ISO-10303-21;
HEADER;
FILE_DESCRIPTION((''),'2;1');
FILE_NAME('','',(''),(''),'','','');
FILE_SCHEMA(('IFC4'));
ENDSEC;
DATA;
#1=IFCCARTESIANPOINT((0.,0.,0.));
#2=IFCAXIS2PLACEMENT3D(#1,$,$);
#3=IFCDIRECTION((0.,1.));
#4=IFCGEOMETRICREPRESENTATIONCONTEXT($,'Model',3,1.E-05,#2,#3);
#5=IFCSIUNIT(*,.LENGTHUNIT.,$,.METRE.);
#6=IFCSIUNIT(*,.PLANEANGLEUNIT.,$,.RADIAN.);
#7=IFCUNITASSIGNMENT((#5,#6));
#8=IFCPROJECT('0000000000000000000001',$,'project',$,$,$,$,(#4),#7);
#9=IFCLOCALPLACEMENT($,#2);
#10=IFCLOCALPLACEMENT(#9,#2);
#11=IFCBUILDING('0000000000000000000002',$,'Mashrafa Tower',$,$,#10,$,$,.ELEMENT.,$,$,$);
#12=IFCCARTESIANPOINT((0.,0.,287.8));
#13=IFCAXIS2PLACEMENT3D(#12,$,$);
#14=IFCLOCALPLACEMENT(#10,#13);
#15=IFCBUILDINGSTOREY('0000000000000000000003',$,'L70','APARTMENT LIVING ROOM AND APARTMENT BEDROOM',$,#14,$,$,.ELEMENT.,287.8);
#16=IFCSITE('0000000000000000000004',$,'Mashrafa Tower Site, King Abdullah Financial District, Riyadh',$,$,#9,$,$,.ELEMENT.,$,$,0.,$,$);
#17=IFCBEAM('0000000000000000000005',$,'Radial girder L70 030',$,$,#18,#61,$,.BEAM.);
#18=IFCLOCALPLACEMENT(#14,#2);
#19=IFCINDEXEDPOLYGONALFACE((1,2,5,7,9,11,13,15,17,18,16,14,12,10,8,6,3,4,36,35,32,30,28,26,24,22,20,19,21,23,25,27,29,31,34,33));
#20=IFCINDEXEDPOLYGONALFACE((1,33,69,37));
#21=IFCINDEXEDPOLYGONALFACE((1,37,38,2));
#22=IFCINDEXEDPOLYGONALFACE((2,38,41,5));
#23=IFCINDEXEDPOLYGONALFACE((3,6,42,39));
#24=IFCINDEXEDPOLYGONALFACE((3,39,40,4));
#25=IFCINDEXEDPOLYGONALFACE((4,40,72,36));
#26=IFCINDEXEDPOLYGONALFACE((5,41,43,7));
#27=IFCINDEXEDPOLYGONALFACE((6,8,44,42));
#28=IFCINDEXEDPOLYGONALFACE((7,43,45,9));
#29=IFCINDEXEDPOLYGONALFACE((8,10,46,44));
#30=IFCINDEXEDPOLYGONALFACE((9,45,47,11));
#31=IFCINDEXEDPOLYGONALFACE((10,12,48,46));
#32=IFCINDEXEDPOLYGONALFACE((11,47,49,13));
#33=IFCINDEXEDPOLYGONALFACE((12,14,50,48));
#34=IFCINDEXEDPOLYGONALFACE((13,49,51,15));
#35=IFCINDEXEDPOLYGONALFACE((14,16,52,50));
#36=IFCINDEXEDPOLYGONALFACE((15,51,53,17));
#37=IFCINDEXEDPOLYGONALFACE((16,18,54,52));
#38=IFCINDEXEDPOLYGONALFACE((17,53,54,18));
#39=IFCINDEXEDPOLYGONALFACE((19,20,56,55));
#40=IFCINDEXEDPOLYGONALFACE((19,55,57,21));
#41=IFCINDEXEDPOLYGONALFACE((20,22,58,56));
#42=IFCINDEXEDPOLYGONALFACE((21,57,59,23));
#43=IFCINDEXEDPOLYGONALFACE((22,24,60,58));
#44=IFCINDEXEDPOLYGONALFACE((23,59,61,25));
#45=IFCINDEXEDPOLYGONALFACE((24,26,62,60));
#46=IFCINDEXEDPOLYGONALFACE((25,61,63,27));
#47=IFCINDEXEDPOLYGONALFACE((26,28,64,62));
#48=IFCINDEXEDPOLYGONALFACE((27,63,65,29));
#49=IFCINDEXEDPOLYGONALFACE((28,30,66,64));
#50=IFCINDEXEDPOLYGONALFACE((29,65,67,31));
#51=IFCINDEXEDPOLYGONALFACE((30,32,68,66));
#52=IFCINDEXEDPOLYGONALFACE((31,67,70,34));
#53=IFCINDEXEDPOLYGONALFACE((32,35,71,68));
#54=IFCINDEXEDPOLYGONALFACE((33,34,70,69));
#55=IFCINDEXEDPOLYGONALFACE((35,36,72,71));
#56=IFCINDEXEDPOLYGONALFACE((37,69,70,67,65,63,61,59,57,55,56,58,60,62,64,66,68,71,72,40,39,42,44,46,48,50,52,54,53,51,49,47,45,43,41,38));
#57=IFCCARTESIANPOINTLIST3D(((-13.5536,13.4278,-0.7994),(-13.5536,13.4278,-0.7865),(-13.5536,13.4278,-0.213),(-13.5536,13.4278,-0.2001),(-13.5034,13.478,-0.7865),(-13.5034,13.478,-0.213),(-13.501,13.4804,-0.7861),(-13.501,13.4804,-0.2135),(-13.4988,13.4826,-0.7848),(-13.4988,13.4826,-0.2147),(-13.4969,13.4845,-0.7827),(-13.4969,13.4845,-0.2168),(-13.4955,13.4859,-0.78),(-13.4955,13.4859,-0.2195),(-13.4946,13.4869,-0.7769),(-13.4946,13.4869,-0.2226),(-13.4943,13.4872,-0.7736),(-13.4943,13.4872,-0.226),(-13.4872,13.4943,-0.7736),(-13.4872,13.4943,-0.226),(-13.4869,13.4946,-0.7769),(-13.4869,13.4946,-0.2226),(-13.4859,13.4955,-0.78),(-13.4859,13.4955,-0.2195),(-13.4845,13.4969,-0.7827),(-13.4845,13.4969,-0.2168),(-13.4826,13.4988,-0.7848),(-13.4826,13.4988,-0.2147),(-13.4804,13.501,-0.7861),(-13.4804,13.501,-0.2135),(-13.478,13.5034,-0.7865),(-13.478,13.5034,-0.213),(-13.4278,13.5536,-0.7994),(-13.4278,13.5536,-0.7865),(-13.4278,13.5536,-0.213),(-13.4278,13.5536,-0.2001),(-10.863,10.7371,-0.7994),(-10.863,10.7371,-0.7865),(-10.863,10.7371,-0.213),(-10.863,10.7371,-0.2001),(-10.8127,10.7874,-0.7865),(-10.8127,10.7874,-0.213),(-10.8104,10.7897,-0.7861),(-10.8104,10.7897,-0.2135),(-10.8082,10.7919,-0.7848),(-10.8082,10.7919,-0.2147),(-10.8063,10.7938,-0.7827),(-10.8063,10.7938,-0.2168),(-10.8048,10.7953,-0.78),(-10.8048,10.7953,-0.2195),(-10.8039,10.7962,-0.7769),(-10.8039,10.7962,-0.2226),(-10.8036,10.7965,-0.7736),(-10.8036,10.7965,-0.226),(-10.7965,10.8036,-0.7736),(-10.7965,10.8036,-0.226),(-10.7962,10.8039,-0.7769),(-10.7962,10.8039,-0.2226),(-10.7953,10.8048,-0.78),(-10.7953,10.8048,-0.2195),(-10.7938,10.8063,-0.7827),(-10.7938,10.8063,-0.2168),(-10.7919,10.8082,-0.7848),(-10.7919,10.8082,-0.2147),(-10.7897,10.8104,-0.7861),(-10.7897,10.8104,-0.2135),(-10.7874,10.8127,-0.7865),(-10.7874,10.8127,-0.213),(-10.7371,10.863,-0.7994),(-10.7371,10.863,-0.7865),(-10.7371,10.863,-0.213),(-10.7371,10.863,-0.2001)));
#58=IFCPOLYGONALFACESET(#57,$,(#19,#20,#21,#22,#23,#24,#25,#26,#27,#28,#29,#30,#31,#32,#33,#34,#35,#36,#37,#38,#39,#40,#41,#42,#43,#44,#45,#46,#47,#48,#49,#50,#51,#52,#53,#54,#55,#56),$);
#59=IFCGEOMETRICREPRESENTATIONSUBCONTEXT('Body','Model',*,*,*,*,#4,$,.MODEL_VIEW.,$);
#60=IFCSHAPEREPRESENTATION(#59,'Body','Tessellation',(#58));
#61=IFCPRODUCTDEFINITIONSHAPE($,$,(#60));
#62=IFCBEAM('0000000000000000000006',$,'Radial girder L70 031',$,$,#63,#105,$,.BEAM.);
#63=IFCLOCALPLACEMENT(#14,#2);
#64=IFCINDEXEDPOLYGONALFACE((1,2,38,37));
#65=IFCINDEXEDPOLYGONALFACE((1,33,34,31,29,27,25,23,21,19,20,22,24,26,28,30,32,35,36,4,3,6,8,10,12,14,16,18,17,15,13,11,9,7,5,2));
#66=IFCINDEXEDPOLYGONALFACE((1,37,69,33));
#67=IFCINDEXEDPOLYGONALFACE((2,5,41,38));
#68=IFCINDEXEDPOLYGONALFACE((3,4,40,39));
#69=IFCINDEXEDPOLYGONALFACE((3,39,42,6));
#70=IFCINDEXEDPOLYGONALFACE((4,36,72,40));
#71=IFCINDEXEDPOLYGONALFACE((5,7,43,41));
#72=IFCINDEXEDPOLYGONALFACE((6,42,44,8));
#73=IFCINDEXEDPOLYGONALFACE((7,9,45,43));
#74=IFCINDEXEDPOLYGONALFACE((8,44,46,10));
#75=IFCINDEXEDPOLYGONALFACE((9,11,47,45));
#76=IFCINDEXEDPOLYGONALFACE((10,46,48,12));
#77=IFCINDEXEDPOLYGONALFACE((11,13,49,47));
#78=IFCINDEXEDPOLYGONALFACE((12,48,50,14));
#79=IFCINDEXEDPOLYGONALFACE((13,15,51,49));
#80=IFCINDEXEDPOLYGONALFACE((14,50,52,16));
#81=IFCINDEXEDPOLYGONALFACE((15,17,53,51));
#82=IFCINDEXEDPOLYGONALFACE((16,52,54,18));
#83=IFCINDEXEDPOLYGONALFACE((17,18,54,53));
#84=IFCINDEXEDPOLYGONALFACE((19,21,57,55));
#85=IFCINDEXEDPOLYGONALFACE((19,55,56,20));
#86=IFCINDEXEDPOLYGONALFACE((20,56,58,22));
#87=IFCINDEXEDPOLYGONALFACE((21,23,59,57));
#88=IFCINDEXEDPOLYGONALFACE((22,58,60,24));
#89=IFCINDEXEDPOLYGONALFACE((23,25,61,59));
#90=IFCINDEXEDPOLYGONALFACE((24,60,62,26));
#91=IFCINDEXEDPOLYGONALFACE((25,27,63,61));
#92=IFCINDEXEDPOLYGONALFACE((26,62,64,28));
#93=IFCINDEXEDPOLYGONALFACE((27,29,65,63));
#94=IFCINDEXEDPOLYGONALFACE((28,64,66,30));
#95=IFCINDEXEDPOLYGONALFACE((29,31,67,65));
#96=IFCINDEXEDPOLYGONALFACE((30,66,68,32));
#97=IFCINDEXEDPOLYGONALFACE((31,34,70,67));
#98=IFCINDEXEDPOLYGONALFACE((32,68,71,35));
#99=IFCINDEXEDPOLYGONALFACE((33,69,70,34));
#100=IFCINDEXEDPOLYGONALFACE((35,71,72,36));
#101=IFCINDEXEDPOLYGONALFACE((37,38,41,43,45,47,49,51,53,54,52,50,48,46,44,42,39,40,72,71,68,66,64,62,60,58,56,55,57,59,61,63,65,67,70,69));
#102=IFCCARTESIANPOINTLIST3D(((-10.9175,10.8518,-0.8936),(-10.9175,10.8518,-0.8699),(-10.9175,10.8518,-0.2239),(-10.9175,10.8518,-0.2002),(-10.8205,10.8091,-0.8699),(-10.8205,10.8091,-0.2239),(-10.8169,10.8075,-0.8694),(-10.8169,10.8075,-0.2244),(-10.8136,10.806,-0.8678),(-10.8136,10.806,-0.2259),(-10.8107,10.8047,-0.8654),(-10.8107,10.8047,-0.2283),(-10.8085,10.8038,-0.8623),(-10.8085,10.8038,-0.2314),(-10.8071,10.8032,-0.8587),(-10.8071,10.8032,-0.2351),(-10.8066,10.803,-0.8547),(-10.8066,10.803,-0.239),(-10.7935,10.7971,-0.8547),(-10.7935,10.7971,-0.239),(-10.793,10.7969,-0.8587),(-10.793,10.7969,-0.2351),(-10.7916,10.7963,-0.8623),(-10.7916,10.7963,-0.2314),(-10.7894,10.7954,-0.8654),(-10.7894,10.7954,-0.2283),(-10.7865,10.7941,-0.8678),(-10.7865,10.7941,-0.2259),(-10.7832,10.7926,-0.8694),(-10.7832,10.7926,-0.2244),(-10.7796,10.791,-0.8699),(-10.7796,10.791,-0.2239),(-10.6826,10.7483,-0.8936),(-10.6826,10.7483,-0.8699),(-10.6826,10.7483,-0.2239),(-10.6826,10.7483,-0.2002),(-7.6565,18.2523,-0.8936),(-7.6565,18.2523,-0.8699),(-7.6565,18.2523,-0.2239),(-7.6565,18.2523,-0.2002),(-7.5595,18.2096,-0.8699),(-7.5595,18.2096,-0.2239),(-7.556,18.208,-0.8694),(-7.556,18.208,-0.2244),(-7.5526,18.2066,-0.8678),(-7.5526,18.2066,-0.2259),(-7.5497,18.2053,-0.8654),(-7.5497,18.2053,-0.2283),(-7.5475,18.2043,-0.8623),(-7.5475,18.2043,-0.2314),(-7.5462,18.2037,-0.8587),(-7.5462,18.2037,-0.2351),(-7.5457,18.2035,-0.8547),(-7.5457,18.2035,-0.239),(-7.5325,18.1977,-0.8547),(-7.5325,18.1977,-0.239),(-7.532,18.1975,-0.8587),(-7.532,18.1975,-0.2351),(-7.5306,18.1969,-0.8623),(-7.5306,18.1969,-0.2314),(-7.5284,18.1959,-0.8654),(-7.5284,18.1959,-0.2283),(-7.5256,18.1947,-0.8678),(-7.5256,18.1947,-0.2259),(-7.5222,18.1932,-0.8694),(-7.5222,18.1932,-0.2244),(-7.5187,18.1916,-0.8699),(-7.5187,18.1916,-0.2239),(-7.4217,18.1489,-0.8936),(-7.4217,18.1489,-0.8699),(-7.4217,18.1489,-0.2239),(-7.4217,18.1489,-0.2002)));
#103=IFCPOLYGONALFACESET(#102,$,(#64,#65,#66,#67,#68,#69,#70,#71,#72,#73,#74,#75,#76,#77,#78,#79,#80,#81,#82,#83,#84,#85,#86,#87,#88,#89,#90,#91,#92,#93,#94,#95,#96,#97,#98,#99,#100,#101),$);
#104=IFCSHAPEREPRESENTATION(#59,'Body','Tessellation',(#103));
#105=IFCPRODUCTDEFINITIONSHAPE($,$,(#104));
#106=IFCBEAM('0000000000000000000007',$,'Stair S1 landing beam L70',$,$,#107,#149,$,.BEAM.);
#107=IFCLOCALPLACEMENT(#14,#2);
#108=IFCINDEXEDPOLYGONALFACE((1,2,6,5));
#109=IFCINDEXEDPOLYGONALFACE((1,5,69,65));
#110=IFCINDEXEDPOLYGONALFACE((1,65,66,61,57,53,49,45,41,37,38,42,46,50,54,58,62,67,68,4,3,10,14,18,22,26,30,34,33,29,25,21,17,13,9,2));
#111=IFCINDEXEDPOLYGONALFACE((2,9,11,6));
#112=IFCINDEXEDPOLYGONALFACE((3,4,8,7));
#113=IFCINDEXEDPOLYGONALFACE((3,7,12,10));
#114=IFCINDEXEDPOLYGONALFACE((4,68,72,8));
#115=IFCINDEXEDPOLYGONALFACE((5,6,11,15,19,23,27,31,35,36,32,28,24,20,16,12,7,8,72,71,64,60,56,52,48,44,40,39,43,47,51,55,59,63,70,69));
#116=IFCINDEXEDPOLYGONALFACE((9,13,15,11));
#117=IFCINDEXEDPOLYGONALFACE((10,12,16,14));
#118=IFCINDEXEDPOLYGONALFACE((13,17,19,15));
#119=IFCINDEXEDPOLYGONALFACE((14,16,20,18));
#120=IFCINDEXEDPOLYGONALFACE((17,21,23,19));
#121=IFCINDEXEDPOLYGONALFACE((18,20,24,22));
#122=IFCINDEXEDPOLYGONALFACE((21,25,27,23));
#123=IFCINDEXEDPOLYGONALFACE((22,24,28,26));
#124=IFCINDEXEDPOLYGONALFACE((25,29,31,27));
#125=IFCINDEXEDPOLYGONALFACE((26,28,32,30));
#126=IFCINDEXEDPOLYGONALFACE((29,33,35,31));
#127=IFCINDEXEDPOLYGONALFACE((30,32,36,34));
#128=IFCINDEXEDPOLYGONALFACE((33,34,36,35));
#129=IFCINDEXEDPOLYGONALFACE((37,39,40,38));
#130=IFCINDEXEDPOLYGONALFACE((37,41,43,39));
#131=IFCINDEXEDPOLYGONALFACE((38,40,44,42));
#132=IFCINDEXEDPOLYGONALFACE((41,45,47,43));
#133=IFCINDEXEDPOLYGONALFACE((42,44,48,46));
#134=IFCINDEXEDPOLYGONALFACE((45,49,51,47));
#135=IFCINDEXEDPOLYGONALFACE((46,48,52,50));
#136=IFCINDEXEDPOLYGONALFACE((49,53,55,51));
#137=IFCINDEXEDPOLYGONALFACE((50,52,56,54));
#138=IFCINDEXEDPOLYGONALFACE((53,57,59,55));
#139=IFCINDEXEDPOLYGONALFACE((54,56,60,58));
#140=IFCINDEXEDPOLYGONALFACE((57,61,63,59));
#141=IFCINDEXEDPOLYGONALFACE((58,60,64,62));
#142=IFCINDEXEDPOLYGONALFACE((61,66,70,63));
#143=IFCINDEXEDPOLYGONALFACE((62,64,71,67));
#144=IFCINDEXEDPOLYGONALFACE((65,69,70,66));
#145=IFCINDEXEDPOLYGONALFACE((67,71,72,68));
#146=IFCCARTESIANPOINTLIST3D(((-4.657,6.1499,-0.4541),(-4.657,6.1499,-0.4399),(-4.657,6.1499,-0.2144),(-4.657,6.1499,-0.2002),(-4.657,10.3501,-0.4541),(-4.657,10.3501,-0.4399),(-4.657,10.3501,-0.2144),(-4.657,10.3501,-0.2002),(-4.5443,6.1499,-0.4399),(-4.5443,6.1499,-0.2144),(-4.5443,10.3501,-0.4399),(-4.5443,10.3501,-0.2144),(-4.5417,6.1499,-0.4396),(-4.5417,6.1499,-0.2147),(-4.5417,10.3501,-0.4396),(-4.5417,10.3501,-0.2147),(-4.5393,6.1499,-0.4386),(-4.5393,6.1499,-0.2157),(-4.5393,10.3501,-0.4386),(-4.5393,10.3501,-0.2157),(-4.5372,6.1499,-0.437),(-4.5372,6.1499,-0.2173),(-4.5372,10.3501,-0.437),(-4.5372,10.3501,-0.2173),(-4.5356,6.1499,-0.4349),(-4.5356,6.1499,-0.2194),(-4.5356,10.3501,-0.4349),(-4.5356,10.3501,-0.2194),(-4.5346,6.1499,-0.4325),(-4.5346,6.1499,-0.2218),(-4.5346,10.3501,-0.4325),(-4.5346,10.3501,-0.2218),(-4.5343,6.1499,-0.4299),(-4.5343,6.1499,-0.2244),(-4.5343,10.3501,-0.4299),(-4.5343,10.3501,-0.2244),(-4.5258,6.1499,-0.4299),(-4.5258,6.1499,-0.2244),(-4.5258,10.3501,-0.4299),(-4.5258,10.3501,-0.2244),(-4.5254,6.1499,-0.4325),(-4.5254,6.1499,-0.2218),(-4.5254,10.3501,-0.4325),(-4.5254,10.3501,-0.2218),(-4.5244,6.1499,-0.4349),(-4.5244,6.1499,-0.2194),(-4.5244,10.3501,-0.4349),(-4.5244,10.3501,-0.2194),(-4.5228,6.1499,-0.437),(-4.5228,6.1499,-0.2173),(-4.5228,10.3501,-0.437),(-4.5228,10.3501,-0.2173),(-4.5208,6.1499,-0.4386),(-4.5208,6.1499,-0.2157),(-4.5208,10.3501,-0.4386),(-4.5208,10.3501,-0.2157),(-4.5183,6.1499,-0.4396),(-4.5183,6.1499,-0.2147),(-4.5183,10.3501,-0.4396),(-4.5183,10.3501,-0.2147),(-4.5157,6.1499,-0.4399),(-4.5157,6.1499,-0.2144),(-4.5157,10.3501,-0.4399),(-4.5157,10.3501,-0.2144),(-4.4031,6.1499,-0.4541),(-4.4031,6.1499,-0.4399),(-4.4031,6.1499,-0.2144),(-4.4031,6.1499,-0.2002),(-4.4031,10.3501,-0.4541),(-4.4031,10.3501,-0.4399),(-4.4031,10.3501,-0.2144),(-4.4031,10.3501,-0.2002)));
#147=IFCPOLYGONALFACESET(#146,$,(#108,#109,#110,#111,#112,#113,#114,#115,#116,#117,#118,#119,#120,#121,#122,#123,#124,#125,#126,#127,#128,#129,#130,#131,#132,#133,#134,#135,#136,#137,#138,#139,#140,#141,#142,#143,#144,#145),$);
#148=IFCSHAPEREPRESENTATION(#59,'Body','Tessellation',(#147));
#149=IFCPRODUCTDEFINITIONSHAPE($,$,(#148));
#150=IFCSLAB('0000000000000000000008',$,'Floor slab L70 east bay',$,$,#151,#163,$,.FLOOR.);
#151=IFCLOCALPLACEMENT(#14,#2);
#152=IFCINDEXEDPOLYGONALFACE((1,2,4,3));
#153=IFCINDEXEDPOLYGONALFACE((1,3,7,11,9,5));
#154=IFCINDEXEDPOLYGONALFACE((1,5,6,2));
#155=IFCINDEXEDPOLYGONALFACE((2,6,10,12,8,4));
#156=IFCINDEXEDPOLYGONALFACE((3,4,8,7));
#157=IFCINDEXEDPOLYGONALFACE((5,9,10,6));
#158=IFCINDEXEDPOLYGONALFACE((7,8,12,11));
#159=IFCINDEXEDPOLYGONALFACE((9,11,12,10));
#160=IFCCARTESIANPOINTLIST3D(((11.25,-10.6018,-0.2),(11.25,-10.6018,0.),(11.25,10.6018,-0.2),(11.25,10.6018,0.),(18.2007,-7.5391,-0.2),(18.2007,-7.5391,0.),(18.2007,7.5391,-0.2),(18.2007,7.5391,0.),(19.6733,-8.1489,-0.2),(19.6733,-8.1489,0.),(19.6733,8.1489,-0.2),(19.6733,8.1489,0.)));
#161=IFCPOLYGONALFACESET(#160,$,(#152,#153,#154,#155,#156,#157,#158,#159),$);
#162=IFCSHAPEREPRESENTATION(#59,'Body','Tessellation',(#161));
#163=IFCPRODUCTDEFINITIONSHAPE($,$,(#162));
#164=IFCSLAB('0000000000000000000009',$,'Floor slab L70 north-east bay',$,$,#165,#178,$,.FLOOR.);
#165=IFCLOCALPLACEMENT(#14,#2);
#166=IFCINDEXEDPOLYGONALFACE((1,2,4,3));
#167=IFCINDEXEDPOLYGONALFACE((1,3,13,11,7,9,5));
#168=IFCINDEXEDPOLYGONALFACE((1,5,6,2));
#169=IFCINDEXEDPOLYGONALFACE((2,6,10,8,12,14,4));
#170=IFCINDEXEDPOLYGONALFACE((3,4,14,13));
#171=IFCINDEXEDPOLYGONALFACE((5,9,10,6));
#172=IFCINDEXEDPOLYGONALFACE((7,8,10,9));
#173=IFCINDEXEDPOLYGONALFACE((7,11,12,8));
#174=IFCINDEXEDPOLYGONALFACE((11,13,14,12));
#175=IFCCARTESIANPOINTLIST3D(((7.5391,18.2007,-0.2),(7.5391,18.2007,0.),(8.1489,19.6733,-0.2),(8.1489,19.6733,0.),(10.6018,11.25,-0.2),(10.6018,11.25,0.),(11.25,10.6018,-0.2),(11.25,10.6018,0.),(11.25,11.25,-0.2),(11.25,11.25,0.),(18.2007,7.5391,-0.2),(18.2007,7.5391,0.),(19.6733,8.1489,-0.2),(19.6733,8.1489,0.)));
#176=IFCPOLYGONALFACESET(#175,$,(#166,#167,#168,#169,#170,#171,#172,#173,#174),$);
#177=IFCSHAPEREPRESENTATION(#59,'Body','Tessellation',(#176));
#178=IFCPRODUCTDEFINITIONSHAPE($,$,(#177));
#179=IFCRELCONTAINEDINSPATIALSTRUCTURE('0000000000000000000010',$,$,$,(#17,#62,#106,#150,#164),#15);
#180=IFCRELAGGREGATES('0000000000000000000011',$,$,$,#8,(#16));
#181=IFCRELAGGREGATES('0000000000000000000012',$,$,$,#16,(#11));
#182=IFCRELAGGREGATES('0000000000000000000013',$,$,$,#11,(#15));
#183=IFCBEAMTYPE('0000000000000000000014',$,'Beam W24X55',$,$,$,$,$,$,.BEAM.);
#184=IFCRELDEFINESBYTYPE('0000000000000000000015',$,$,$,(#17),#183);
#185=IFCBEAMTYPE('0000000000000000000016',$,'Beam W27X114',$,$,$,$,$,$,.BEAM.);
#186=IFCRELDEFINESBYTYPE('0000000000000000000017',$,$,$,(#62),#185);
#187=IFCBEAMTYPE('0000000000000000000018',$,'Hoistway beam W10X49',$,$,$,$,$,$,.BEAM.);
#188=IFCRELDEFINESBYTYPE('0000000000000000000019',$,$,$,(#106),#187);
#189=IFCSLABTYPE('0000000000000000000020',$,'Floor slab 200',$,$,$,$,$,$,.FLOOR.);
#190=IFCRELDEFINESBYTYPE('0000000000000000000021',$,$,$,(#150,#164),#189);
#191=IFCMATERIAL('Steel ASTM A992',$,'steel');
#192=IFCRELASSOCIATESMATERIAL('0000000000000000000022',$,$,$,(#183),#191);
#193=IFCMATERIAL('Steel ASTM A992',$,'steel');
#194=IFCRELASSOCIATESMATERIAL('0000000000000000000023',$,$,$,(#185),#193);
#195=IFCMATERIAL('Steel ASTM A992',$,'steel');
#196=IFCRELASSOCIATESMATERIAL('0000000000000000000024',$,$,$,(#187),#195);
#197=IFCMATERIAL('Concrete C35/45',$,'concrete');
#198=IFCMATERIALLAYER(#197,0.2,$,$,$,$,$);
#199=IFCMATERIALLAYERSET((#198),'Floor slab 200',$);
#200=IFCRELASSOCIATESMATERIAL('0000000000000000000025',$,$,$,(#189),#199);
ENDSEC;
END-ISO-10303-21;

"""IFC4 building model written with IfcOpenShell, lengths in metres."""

from ifc_helpers import new_model, si_unit, direction, frame, origin, origin_2d, place, context, subcontext, project, spatial, polyline, i_section, outline, extrude, material, layer, layer_set, material_profile, profile_set, type_object, element, save


model = new_model("IFC4")

# Units and contexts
model_context = context("Model", 3, precision=1e-05, world=origin(), true_north=direction((0.0, 1.0)))
body_context = subcontext(model_context, "Body", "Model", "MODEL_VIEW")
ifc_project = project(units=[si_unit("LENGTHUNIT", "METRE"), si_unit("PLANEANGLEUNIT", "RADIAN")], contexts=[model_context])

# Site, building, storey
site_placement = place(None, origin())
site = spatial("IfcSite", under=ifc_project, at=site_placement, Name="Mashrafa Tower Site, King Abdullah Financial District, Riyadh", CompositionType="ELEMENT", RefElevation=0.0)
building_placement = place(site_placement, origin())
building = spatial("IfcBuilding", under=site, at=building_placement, Name="Mashrafa Tower", CompositionType="ELEMENT")
storey_placement = place(building_placement, frame((0.0, 0.0, 287.8)))
storey = spatial("IfcBuildingStorey", under=building, at=storey_placement, Name="L70", Description="APARTMENT LIVING ROOM AND APARTMENT BEDROOM", CompositionType="ELEMENT", Elevation=287.8)

# Beams
ifc_material_1 = material(Name="Steel ASTM A992", Category="steel")
ifc_material_profile_1 = material_profile(ifc_material_1, i_section(OverallWidth=0.178, OverallDepth=0.5994, WebThickness=0.01, FlangeThickness=0.0129, FilletRadius=0.0129, at=origin_2d()), Name="W24X55")
ifc_profile_set_1 = profile_set([ifc_material_profile_1], Name="Steel ASTM A992")
beam_type_1 = type_object("IfcBeamType", Name="Beam W24X55", PredefinedType="BEAM", material=ifc_profile_set_1)
beam_1_placement = place(storey_placement, frame((-10.8, 10.8, -0.4998), z_axis=(-0.707107, 0.707107, 0.0), x_axis=(-0.707107, -0.707107, 0.0)))
element("IfcBeam", 1, at=beam_1_placement, inside=storey, type_object=beam_type_1, Name="Radial girder L70 030", PredefinedType="BEAM", context=body_context, shape_type="SweptSolid", body=[
    extrude(i_section(OverallWidth=0.178, OverallDepth=0.5994, WebThickness=0.01, FlangeThickness=0.0129, FilletRadius=0.0129, at=origin_2d()), origin(), (0.0, 0.0, 1.0), 3.8052),
])
ifc_material_2 = material(Name="Steel ASTM A992", Category="steel")
ifc_material_profile_2 = material_profile(ifc_material_2, i_section(OverallWidth=0.2566, OverallDepth=0.6934, WebThickness=0.0144, FlangeThickness=0.0237, FilletRadius=0.0151, at=origin_2d()), Name="W27X114")
ifc_profile_set_2 = profile_set([ifc_material_profile_2], Name="Steel ASTM A992")
beam_type_2 = type_object("IfcBeamType", Name="Beam W27X114", PredefinedType="BEAM", material=ifc_profile_set_2)
beam_2_placement = place(storey_placement, frame((-10.8, 10.8, -0.5469), z_axis=(0.403226, 0.9151, 0.0), x_axis=(-0.9151, 0.403226, 0.0)))
element("IfcBeam", 2, at=beam_2_placement, inside=storey, type_object=beam_type_2, Name="Radial girder L70 031", PredefinedType="BEAM", context=body_context, shape_type="SweptSolid", body=[
    extrude(i_section(OverallWidth=0.2566, OverallDepth=0.6934, WebThickness=0.0144, FlangeThickness=0.0237, FilletRadius=0.0151, at=origin_2d()), origin(), (0.0, 0.0, 1.0), 8.0872),
])
ifc_material_3 = material(Name="Steel ASTM A992", Category="steel")
ifc_material_profile_3 = material_profile(ifc_material_3, i_section(OverallWidth=0.2539, OverallDepth=0.2539, WebThickness=0.0085, FlangeThickness=0.0142, FilletRadius=0.01, at=origin_2d()), Name="W10X49")
ifc_profile_set_3 = profile_set([ifc_material_profile_3], Name="Steel ASTM A992")
beam_type_3 = type_object("IfcBeamType", Name="Hoistway beam W10X49", PredefinedType="BEAM", material=ifc_profile_set_3)
beam_3_placement = place(storey_placement, frame((-4.53, 6.1499, -0.3271), z_axis=(0.0, 1.0, 0.0), x_axis=(-1.0, 0.0, 0.0)))
element("IfcBeam", 3, at=beam_3_placement, inside=storey, type_object=beam_type_3, Name="Stair S1 landing beam L70", PredefinedType="BEAM", context=body_context, shape_type="SweptSolid", body=[
    extrude(i_section(OverallWidth=0.2539, OverallDepth=0.2539, WebThickness=0.0085, FlangeThickness=0.0142, FilletRadius=0.01, at=origin_2d()), origin(), (0.0, 0.0, 1.0), 4.2002),
])

# Slabs
ifc_material_4 = material(Name="Concrete C35/45", Category="concrete")
ifc_layer_1 = layer(ifc_material_4, 0.2)
ifc_layer_set_1 = layer_set([ifc_layer_1], Name="Floor slab 200")
slab_type = type_object("IfcSlabType", Name="Floor slab 200", PredefinedType="FLOOR", material=ifc_layer_set_1)
slab_1_placement = place(storey_placement, frame((0.0, 0.0, -0.2)))
element("IfcSlab", 4, at=slab_1_placement, inside=storey, type_object=slab_type, Name="Floor slab L70 east bay", PredefinedType="FLOOR", context=body_context, shape_type="SweptSolid", body=[
    extrude(outline(polyline([(19.6733, 8.1489), (19.6733, -8.1489), (19.6733, -8.1489), (18.2007, -7.5391), (11.25, -10.6018), (11.25, 10.6018), (18.2007, 7.5391), (19.6733, 8.1489), (19.6733, 8.1489)])), origin(), (0.0, 0.0, 1.0), 0.2),
])
slab_2_placement = place(storey_placement, frame((0.0, 0.0, -0.2)))
element("IfcSlab", 5, at=slab_2_placement, inside=storey, type_object=slab_type, Name="Floor slab L70 north-east bay", PredefinedType="FLOOR", context=body_context, shape_type="SweptSolid", body=[
    extrude(outline(polyline([(19.6733, 8.1489), (18.2007, 7.5391), (11.25, 10.6018), (11.25, 11.25), (10.6018, 11.25), (7.5391, 18.2007), (8.1489, 19.6733), (19.6733, 8.1489)])), origin(), (0.0, 0.0, 1.0), 0.2),
])

save(model, "model.ifc")
